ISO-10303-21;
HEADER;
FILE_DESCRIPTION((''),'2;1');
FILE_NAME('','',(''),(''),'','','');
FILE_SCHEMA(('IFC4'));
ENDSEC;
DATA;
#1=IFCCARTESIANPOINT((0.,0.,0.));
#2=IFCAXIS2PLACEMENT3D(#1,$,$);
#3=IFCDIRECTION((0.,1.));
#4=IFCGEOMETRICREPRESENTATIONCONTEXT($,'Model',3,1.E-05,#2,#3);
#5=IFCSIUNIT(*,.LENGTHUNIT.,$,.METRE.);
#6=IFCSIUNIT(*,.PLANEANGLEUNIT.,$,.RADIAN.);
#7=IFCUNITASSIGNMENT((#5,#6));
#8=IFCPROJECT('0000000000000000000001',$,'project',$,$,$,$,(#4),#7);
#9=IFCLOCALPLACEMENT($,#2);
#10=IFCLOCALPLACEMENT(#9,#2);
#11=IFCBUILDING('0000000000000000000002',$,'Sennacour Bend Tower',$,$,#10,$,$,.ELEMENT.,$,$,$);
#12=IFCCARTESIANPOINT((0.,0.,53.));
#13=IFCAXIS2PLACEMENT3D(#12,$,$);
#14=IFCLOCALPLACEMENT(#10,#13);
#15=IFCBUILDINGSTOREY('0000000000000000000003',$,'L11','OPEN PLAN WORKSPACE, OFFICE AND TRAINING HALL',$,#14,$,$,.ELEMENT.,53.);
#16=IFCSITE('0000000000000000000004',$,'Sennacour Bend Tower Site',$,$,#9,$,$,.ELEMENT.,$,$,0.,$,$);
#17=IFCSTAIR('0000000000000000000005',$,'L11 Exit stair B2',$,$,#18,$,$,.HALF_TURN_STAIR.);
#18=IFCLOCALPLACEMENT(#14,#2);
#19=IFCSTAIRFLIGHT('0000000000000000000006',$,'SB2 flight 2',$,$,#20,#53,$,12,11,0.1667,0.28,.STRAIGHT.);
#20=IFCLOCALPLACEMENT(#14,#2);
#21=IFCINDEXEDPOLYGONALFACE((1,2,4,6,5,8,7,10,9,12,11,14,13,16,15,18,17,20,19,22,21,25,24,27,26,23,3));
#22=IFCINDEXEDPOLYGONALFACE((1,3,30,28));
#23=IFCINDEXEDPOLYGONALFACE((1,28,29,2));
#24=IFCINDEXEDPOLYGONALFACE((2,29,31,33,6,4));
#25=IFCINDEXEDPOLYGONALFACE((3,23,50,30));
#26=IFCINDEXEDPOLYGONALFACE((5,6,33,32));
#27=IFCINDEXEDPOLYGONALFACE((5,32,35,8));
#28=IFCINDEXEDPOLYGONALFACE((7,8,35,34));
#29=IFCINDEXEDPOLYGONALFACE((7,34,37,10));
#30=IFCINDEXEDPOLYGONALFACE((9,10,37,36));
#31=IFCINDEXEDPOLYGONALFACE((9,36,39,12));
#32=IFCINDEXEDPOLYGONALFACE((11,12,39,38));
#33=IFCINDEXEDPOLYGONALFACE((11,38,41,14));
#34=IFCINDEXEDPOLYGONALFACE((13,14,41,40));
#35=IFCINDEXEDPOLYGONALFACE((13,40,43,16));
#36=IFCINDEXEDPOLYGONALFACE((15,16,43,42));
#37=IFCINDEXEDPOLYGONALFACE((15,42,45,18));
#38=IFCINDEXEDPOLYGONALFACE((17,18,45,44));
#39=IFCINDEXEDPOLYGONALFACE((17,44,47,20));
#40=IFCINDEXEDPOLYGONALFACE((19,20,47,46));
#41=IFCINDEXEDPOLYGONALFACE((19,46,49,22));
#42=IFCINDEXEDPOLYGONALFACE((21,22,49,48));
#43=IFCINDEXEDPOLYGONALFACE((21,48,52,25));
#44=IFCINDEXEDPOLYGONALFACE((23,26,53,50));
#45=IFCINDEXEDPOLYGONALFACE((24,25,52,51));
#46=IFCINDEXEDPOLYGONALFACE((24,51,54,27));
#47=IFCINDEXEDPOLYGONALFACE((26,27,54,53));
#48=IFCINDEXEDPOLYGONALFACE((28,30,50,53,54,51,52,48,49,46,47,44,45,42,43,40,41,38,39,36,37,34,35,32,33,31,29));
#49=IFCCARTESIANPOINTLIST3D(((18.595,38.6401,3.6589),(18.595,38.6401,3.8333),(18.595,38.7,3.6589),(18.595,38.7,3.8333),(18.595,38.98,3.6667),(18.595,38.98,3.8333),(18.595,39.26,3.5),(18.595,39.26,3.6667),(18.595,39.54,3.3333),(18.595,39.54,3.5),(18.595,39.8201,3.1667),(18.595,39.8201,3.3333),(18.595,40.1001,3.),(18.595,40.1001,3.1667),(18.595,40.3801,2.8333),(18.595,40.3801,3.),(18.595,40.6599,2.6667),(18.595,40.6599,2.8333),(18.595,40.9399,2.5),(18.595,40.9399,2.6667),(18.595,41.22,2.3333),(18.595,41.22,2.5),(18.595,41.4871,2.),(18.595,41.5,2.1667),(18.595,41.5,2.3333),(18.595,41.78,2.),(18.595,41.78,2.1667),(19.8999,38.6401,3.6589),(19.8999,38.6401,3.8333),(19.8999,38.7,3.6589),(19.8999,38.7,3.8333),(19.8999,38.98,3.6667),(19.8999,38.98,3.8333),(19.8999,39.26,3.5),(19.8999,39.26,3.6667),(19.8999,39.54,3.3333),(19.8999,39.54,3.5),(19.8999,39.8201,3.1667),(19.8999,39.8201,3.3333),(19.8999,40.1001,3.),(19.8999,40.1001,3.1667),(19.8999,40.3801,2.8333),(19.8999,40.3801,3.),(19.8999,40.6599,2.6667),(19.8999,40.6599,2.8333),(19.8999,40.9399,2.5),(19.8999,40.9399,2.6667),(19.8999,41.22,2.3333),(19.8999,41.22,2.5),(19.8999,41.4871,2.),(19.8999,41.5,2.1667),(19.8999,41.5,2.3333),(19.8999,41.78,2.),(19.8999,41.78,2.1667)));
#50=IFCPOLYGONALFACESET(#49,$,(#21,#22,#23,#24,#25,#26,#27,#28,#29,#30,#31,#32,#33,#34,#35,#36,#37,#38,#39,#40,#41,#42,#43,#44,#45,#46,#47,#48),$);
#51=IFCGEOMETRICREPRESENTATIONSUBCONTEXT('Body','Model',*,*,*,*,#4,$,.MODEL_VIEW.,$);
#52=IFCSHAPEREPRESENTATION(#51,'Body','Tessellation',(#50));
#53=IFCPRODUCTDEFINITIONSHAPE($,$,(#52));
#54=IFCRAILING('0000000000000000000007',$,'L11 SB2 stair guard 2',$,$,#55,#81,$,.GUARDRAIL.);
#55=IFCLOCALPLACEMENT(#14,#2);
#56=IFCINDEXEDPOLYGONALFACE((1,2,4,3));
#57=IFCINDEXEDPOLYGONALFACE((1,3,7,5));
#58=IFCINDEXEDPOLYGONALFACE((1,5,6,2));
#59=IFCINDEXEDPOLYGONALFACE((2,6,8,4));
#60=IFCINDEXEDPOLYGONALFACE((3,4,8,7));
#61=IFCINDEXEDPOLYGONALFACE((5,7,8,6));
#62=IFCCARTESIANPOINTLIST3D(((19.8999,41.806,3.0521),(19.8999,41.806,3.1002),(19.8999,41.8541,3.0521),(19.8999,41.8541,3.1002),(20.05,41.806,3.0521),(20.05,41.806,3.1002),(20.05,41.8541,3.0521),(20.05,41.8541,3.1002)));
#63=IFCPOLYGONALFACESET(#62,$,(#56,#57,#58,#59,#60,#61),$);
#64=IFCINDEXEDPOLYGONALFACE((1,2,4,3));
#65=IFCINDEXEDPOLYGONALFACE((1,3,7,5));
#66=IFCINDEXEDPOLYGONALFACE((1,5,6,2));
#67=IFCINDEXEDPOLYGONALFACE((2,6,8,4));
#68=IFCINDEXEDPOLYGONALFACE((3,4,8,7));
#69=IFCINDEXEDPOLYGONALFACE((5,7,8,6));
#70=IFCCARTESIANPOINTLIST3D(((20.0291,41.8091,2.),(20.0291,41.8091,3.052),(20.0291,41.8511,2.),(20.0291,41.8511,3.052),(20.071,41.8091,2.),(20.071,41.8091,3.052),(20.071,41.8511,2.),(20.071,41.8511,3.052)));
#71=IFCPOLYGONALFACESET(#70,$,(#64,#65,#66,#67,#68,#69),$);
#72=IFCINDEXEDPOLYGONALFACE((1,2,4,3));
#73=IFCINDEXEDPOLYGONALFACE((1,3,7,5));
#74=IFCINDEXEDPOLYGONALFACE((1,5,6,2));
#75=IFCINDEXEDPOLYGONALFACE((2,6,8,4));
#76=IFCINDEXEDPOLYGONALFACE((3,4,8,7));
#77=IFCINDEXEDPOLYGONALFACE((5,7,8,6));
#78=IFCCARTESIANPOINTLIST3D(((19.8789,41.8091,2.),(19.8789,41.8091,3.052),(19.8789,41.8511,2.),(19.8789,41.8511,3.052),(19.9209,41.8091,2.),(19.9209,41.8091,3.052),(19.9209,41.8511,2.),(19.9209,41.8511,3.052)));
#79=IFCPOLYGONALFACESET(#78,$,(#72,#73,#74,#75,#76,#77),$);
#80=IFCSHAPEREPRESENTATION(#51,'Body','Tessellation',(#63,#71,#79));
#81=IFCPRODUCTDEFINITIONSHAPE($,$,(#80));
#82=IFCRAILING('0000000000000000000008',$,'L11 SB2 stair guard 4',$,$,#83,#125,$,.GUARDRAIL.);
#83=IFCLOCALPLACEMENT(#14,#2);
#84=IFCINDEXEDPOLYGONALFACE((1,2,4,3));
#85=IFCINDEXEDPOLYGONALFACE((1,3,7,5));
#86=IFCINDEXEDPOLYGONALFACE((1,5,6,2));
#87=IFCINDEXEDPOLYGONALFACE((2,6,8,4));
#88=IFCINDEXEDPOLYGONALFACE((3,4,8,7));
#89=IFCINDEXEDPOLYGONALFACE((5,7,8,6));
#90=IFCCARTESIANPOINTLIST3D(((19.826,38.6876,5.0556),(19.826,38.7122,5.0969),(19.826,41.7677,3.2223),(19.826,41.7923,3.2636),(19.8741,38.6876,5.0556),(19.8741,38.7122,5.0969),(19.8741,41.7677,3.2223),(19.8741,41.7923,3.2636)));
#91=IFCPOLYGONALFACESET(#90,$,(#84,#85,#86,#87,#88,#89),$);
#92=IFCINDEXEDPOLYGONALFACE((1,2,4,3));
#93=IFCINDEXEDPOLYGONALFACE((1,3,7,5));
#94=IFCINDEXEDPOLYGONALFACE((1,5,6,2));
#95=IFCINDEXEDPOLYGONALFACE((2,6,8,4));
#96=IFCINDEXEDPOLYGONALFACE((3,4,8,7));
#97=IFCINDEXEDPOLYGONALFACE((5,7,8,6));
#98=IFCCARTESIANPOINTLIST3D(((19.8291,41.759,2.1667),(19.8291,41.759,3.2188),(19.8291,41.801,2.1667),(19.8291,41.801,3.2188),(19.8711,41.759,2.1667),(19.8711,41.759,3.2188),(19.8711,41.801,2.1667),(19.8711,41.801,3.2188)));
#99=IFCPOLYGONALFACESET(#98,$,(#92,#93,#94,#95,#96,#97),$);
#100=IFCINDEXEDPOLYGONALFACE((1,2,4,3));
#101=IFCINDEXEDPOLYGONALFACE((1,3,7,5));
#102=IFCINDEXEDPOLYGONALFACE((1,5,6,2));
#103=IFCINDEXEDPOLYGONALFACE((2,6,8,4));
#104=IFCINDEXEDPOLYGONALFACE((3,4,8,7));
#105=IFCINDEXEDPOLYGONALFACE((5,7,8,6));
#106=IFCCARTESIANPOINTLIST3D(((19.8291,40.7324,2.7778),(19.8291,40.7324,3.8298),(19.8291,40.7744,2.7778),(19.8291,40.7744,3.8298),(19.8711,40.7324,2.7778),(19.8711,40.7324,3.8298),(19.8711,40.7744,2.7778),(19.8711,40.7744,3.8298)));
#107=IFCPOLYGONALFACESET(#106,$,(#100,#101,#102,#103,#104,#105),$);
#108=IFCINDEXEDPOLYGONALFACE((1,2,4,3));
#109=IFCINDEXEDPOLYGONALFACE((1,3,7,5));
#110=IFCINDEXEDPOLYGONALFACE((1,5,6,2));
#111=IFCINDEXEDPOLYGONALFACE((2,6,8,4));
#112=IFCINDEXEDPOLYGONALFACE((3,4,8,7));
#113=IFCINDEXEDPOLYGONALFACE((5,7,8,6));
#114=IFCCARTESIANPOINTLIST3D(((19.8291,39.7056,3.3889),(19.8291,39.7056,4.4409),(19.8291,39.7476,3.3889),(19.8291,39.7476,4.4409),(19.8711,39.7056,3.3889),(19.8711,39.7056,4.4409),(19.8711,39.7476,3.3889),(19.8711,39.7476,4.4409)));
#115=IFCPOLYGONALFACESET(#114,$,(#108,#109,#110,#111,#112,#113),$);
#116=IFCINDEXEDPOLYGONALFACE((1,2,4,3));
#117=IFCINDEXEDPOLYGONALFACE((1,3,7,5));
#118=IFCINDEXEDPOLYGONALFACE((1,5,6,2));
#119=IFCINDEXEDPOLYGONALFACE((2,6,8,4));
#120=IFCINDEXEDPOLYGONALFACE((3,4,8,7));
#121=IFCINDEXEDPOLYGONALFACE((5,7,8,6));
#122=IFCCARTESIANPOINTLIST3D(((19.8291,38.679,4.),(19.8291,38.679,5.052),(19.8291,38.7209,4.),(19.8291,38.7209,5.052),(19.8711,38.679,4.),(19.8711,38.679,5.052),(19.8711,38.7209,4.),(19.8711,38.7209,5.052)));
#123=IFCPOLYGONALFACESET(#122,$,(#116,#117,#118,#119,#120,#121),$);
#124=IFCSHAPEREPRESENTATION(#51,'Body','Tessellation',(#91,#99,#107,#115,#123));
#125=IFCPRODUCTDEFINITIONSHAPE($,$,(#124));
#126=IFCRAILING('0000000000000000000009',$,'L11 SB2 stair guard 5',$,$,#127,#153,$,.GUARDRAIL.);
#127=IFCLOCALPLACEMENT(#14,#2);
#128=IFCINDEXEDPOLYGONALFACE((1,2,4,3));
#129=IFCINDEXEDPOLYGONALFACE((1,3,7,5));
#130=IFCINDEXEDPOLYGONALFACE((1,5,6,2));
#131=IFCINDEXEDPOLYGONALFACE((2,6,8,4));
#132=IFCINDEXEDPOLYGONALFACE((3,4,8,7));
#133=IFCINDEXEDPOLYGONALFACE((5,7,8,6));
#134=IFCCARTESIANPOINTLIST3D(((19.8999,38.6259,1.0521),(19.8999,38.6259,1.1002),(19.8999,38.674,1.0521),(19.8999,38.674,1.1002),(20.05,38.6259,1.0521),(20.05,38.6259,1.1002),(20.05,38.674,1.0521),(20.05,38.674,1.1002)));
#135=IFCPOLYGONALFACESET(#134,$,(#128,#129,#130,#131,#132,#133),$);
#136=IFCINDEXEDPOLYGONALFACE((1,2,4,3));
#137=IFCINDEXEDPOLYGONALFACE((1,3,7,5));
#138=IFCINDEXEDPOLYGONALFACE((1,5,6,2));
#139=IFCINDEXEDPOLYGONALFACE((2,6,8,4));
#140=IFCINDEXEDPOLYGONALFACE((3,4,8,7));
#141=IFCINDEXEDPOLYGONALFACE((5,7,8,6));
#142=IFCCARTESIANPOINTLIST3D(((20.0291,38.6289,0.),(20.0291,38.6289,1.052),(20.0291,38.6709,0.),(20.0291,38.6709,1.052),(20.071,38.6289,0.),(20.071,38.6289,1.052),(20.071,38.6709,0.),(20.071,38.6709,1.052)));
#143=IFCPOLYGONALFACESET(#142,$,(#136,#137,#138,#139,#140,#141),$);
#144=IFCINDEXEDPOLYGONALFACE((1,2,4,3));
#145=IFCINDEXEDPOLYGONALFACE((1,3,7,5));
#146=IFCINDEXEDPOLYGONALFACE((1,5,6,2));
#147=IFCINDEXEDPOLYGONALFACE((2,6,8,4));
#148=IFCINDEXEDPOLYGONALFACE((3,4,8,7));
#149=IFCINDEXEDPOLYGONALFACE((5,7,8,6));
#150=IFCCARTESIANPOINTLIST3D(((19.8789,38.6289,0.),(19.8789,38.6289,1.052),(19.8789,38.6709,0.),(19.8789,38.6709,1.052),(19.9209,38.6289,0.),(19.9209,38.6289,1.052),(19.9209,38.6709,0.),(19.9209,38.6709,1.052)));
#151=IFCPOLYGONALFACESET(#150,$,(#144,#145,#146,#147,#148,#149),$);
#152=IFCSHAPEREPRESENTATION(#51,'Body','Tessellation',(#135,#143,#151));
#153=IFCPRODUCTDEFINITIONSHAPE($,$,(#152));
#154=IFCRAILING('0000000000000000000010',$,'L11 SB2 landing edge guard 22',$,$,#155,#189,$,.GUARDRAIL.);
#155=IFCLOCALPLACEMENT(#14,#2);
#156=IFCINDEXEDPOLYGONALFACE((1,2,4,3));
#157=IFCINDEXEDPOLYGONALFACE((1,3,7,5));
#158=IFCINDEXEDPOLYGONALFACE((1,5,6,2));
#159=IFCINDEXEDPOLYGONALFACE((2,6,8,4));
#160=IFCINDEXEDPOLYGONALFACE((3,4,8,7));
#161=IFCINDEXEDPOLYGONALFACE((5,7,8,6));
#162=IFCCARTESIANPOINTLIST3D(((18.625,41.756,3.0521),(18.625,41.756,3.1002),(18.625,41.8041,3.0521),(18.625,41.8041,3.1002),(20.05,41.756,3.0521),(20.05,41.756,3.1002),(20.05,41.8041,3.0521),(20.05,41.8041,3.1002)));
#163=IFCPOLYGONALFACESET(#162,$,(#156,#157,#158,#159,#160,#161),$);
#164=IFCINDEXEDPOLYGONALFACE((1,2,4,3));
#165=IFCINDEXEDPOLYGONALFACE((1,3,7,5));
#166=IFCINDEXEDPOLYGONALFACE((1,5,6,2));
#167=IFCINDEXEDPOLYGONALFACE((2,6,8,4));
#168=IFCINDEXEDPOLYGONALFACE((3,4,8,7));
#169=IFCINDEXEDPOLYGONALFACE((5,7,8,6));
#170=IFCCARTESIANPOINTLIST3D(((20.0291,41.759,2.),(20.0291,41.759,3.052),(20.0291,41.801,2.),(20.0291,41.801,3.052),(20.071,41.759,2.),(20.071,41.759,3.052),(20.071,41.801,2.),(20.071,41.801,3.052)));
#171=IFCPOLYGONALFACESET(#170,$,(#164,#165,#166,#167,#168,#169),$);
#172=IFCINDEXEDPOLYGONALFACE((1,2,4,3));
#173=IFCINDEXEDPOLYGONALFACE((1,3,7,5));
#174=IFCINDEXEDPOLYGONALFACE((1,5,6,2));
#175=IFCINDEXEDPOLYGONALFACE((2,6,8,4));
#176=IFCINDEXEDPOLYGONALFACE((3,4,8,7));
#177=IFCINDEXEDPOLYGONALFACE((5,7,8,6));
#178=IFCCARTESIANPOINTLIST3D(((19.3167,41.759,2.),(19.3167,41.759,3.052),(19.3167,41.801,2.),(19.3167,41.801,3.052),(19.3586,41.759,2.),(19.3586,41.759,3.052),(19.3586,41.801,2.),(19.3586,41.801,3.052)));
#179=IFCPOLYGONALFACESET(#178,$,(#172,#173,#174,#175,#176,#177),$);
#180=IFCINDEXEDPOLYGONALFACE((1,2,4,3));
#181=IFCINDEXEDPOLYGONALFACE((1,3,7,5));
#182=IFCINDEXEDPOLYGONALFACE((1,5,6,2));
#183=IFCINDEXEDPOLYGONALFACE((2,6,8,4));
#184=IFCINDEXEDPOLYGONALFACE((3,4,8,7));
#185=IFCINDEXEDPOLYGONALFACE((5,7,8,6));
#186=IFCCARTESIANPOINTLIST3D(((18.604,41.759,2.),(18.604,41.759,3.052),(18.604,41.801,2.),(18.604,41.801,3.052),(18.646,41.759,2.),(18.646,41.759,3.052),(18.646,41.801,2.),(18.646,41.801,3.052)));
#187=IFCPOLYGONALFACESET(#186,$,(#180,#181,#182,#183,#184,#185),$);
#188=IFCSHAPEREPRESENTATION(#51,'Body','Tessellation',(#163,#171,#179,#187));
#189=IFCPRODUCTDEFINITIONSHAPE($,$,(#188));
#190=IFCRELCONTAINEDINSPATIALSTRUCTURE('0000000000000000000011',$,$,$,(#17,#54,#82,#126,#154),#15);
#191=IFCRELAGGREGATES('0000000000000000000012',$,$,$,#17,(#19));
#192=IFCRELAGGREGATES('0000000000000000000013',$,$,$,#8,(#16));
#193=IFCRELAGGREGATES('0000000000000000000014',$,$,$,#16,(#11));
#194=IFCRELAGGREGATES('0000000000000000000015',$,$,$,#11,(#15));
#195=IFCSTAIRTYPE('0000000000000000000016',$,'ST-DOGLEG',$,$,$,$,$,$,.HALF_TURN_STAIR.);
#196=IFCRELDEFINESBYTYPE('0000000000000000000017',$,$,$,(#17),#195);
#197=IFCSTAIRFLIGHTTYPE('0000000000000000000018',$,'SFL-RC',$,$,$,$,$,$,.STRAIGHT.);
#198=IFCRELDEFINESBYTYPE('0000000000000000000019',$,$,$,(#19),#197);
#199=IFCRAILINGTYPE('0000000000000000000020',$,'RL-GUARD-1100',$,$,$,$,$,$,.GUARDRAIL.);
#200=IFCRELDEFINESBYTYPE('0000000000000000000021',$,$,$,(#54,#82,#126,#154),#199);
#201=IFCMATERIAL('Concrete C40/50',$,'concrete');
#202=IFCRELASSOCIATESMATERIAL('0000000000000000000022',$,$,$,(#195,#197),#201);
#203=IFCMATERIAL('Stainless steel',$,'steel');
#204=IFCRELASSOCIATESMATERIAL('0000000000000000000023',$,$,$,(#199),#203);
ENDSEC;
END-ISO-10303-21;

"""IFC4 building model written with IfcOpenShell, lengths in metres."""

from ifc_helpers import new_model, si_unit, direction, frame, origin, origin_2d, place, context, subcontext, project, spatial, polyline, rectangle, outline, extrude, material, type_object, element, aggregate, save


model = new_model("IFC4")

# Units and contexts
model_context = context("Model", 3, precision=1e-05, world=origin(), true_north=direction((0.0, 1.0)))
body_context = subcontext(model_context, "Body", "Model", "MODEL_VIEW")
ifc_project = project(units=[si_unit("LENGTHUNIT", "METRE"), si_unit("PLANEANGLEUNIT", "RADIAN")], contexts=[model_context])

# Site, building, storey
site_placement = place(None, origin())
site = spatial("IfcSite", under=ifc_project, at=site_placement, Name="Sennacour Bend Tower Site", CompositionType="ELEMENT", RefElevation=0.0)
building_placement = place(site_placement, origin())
building = spatial("IfcBuilding", under=site, at=building_placement, Name="Sennacour Bend Tower", CompositionType="ELEMENT")
storey_placement = place(building_placement, frame((0.0, 0.0, 53.0)))
storey = spatial("IfcBuildingStorey", under=building, at=storey_placement, Name="L11", Description="OPEN PLAN WORKSPACE, OFFICE AND TRAINING HALL", CompositionType="ELEMENT", Elevation=53.0)

# Shared definitions
ifc_material_1 = material(Name="Stainless steel", Category="steel")

# Stair, stair flight
ifc_material_2 = material(Name="Concrete C40/50", Category="concrete")
stair_type = type_object("IfcStairType", Name="ST-DOGLEG", PredefinedType="HALF_TURN_STAIR", material=ifc_material_2)
stair_placement = place(storey_placement, origin())
stair = element("IfcStair", 1, at=stair_placement, inside=storey, type_object=stair_type, Name="L11 Exit stair B2", PredefinedType="HALF_TURN_STAIR")
stair_flight_type = type_object("IfcStairFlightType", Name="SFL-RC", PredefinedType="STRAIGHT", material=ifc_material_2)
stair_flight_placement = place(storey_placement, frame((19.2476, 41.78, 2.0), z_axis=(0.0, 0.0, 1.0), x_axis=(0.0, -1.0, 0.0)))
stair_flight = element("IfcStairFlight", 2, at=stair_flight_placement, type_object=stair_flight_type, Name="SB2 flight 2", NumberOfRisers=12, NumberOfTreads=11, PredefinedType="STRAIGHT", RiserHeight=0.1667, TreadLength=0.28, context=body_context, shape_type="SweptSolid", body=[
    extrude(outline(polyline([(0.0, 0.0), (0.0, 0.1667), (0.28, 0.1667), (0.28, 0.3333), (0.5601, 0.3333), (0.5601, 0.5), (0.8401, 0.5), (0.8401, 0.6667), (1.1201, 0.6667), (1.1201, 0.8333), (1.3999, 0.8333), (1.3999, 1.0), (1.6799, 1.0), (1.6799, 1.1667), (1.96, 1.1667), (1.96, 1.3333), (2.24, 1.3333), (2.24, 1.5), (2.52, 1.5), (2.52, 1.6667), (2.8, 1.6667), (2.8, 1.8333), (3.0801, 1.8333), (3.1399, 1.8333), (3.1399, 1.6589), (3.0801, 1.6589), (0.293, 0.0), (0.0, 0.0)])), frame((0.0, 0.6523, 0.0), z_axis=(0.0, -1.0, 0.0), x_axis=(1.0, 0.0, 0.0)), (0.0, 0.0, 1.0), 1.3049),
])
aggregate(stair, [stair_flight])

# Railings
railing_type_1 = type_object("IfcRailingType", Name="RL-GUARD-1100", PredefinedType="GUARDRAIL", material=ifc_material_1)
railing_1_placement = place(storey_placement, frame((20.05, 41.8301, 2.0)))
element("IfcRailing", 3, at=railing_1_placement, inside=storey, type_object=railing_type_1, Name="L11 SB2 stair guard 2", PredefinedType="GUARDRAIL", context=body_context, shape_type="SweptSolid", body=[
    extrude(rectangle(XDim=0.0481, YDim=0.0481, at=origin_2d()), frame((0.0, 0.0, 1.0762), z_axis=(-1.0, 0.0, 0.0), x_axis=(0.0, -1.0, 0.0)), (0.0, 0.0, 1.0), 0.1501),
    extrude(rectangle(XDim=0.042, YDim=0.042, at=origin_2d()), origin(), (0.0, 0.0, 1.0), 1.052),
    extrude(rectangle(XDim=0.042, YDim=0.042, at=origin_2d()), frame((-0.1501, 0.0, 0.0)), (0.0, 0.0, 1.0), 1.052),
])
railing_2_placement = place(storey_placement, frame((19.8501, 41.78, 2.1667)))
element("IfcRailing", 4, at=railing_2_placement, inside=storey, type_object=railing_type_1, Name="L11 SB2 stair guard 4", PredefinedType="GUARDRAIL", context=body_context, shape_type="SweptSolid", body=[
    extrude(rectangle(XDim=0.0481, YDim=0.0481, at=origin_2d()), frame((0.0, 0.0, 1.0762), z_axis=(0.0, -0.859309, 0.511458), x_axis=(1.0, 0.0, 0.0)), (0.0, 0.0, 1.0), 3.5845),
    extrude(rectangle(XDim=0.042, YDim=0.042, at=origin_2d()), origin(), (0.0, 0.0, 1.0), 1.052),
    extrude(rectangle(XDim=0.042, YDim=0.042, at=origin_2d()), frame((0.0, -1.0266, 0.6111)), (0.0, 0.0, 1.0), 1.052),
    extrude(rectangle(XDim=0.042, YDim=0.042, at=origin_2d()), frame((0.0, -2.0535, 1.2222)), (0.0, 0.0, 1.0), 1.052),
    extrude(rectangle(XDim=0.042, YDim=0.042, at=origin_2d()), frame((0.0, -3.0801, 1.8333)), (0.0, 0.0, 1.0), 1.052),
])
railing_3_placement = place(storey_placement, frame((20.05, 38.6499, 0.0)))
element("IfcRailing", 5, at=railing_3_placement, inside=storey, type_object=railing_type_1, Name="L11 SB2 stair guard 5", PredefinedType="GUARDRAIL", context=body_context, shape_type="SweptSolid", body=[
    extrude(rectangle(XDim=0.0481, YDim=0.0481, at=origin_2d()), frame((0.0, 0.0, 1.0762), z_axis=(-1.0, 0.0, 0.0), x_axis=(0.0, -1.0, 0.0)), (0.0, 0.0, 1.0), 0.1501),
    extrude(rectangle(XDim=0.042, YDim=0.042, at=origin_2d()), origin(), (0.0, 0.0, 1.0), 1.052),
    extrude(rectangle(XDim=0.042, YDim=0.042, at=origin_2d()), frame((-0.1501, 0.0, 0.0)), (0.0, 0.0, 1.0), 1.052),
])
railing_4_placement = place(storey_placement, frame((20.05, 41.78, 2.0)))
element("IfcRailing", 6, at=railing_4_placement, inside=storey, type_object=railing_type_1, Name="L11 SB2 landing edge guard 22", PredefinedType="GUARDRAIL", context=body_context, shape_type="SweptSolid", body=[
    extrude(rectangle(XDim=0.0481, YDim=0.0481, at=origin_2d()), frame((0.0, 0.0, 1.0762), z_axis=(-1.0, 0.0, 0.0), x_axis=(0.0, -1.0, 0.0)), (0.0, 0.0, 1.0), 1.425),
    extrude(rectangle(XDim=0.042, YDim=0.042, at=origin_2d()), origin(), (0.0, 0.0, 1.0), 1.052),
    extrude(rectangle(XDim=0.042, YDim=0.042, at=origin_2d()), frame((-0.7124, 0.0, 0.0)), (0.0, 0.0, 1.0), 1.052),
    extrude(rectangle(XDim=0.042, YDim=0.042, at=origin_2d()), frame((-1.425, 0.0, 0.0)), (0.0, 0.0, 1.0), 1.052),
])

save(model, "model.ifc")
